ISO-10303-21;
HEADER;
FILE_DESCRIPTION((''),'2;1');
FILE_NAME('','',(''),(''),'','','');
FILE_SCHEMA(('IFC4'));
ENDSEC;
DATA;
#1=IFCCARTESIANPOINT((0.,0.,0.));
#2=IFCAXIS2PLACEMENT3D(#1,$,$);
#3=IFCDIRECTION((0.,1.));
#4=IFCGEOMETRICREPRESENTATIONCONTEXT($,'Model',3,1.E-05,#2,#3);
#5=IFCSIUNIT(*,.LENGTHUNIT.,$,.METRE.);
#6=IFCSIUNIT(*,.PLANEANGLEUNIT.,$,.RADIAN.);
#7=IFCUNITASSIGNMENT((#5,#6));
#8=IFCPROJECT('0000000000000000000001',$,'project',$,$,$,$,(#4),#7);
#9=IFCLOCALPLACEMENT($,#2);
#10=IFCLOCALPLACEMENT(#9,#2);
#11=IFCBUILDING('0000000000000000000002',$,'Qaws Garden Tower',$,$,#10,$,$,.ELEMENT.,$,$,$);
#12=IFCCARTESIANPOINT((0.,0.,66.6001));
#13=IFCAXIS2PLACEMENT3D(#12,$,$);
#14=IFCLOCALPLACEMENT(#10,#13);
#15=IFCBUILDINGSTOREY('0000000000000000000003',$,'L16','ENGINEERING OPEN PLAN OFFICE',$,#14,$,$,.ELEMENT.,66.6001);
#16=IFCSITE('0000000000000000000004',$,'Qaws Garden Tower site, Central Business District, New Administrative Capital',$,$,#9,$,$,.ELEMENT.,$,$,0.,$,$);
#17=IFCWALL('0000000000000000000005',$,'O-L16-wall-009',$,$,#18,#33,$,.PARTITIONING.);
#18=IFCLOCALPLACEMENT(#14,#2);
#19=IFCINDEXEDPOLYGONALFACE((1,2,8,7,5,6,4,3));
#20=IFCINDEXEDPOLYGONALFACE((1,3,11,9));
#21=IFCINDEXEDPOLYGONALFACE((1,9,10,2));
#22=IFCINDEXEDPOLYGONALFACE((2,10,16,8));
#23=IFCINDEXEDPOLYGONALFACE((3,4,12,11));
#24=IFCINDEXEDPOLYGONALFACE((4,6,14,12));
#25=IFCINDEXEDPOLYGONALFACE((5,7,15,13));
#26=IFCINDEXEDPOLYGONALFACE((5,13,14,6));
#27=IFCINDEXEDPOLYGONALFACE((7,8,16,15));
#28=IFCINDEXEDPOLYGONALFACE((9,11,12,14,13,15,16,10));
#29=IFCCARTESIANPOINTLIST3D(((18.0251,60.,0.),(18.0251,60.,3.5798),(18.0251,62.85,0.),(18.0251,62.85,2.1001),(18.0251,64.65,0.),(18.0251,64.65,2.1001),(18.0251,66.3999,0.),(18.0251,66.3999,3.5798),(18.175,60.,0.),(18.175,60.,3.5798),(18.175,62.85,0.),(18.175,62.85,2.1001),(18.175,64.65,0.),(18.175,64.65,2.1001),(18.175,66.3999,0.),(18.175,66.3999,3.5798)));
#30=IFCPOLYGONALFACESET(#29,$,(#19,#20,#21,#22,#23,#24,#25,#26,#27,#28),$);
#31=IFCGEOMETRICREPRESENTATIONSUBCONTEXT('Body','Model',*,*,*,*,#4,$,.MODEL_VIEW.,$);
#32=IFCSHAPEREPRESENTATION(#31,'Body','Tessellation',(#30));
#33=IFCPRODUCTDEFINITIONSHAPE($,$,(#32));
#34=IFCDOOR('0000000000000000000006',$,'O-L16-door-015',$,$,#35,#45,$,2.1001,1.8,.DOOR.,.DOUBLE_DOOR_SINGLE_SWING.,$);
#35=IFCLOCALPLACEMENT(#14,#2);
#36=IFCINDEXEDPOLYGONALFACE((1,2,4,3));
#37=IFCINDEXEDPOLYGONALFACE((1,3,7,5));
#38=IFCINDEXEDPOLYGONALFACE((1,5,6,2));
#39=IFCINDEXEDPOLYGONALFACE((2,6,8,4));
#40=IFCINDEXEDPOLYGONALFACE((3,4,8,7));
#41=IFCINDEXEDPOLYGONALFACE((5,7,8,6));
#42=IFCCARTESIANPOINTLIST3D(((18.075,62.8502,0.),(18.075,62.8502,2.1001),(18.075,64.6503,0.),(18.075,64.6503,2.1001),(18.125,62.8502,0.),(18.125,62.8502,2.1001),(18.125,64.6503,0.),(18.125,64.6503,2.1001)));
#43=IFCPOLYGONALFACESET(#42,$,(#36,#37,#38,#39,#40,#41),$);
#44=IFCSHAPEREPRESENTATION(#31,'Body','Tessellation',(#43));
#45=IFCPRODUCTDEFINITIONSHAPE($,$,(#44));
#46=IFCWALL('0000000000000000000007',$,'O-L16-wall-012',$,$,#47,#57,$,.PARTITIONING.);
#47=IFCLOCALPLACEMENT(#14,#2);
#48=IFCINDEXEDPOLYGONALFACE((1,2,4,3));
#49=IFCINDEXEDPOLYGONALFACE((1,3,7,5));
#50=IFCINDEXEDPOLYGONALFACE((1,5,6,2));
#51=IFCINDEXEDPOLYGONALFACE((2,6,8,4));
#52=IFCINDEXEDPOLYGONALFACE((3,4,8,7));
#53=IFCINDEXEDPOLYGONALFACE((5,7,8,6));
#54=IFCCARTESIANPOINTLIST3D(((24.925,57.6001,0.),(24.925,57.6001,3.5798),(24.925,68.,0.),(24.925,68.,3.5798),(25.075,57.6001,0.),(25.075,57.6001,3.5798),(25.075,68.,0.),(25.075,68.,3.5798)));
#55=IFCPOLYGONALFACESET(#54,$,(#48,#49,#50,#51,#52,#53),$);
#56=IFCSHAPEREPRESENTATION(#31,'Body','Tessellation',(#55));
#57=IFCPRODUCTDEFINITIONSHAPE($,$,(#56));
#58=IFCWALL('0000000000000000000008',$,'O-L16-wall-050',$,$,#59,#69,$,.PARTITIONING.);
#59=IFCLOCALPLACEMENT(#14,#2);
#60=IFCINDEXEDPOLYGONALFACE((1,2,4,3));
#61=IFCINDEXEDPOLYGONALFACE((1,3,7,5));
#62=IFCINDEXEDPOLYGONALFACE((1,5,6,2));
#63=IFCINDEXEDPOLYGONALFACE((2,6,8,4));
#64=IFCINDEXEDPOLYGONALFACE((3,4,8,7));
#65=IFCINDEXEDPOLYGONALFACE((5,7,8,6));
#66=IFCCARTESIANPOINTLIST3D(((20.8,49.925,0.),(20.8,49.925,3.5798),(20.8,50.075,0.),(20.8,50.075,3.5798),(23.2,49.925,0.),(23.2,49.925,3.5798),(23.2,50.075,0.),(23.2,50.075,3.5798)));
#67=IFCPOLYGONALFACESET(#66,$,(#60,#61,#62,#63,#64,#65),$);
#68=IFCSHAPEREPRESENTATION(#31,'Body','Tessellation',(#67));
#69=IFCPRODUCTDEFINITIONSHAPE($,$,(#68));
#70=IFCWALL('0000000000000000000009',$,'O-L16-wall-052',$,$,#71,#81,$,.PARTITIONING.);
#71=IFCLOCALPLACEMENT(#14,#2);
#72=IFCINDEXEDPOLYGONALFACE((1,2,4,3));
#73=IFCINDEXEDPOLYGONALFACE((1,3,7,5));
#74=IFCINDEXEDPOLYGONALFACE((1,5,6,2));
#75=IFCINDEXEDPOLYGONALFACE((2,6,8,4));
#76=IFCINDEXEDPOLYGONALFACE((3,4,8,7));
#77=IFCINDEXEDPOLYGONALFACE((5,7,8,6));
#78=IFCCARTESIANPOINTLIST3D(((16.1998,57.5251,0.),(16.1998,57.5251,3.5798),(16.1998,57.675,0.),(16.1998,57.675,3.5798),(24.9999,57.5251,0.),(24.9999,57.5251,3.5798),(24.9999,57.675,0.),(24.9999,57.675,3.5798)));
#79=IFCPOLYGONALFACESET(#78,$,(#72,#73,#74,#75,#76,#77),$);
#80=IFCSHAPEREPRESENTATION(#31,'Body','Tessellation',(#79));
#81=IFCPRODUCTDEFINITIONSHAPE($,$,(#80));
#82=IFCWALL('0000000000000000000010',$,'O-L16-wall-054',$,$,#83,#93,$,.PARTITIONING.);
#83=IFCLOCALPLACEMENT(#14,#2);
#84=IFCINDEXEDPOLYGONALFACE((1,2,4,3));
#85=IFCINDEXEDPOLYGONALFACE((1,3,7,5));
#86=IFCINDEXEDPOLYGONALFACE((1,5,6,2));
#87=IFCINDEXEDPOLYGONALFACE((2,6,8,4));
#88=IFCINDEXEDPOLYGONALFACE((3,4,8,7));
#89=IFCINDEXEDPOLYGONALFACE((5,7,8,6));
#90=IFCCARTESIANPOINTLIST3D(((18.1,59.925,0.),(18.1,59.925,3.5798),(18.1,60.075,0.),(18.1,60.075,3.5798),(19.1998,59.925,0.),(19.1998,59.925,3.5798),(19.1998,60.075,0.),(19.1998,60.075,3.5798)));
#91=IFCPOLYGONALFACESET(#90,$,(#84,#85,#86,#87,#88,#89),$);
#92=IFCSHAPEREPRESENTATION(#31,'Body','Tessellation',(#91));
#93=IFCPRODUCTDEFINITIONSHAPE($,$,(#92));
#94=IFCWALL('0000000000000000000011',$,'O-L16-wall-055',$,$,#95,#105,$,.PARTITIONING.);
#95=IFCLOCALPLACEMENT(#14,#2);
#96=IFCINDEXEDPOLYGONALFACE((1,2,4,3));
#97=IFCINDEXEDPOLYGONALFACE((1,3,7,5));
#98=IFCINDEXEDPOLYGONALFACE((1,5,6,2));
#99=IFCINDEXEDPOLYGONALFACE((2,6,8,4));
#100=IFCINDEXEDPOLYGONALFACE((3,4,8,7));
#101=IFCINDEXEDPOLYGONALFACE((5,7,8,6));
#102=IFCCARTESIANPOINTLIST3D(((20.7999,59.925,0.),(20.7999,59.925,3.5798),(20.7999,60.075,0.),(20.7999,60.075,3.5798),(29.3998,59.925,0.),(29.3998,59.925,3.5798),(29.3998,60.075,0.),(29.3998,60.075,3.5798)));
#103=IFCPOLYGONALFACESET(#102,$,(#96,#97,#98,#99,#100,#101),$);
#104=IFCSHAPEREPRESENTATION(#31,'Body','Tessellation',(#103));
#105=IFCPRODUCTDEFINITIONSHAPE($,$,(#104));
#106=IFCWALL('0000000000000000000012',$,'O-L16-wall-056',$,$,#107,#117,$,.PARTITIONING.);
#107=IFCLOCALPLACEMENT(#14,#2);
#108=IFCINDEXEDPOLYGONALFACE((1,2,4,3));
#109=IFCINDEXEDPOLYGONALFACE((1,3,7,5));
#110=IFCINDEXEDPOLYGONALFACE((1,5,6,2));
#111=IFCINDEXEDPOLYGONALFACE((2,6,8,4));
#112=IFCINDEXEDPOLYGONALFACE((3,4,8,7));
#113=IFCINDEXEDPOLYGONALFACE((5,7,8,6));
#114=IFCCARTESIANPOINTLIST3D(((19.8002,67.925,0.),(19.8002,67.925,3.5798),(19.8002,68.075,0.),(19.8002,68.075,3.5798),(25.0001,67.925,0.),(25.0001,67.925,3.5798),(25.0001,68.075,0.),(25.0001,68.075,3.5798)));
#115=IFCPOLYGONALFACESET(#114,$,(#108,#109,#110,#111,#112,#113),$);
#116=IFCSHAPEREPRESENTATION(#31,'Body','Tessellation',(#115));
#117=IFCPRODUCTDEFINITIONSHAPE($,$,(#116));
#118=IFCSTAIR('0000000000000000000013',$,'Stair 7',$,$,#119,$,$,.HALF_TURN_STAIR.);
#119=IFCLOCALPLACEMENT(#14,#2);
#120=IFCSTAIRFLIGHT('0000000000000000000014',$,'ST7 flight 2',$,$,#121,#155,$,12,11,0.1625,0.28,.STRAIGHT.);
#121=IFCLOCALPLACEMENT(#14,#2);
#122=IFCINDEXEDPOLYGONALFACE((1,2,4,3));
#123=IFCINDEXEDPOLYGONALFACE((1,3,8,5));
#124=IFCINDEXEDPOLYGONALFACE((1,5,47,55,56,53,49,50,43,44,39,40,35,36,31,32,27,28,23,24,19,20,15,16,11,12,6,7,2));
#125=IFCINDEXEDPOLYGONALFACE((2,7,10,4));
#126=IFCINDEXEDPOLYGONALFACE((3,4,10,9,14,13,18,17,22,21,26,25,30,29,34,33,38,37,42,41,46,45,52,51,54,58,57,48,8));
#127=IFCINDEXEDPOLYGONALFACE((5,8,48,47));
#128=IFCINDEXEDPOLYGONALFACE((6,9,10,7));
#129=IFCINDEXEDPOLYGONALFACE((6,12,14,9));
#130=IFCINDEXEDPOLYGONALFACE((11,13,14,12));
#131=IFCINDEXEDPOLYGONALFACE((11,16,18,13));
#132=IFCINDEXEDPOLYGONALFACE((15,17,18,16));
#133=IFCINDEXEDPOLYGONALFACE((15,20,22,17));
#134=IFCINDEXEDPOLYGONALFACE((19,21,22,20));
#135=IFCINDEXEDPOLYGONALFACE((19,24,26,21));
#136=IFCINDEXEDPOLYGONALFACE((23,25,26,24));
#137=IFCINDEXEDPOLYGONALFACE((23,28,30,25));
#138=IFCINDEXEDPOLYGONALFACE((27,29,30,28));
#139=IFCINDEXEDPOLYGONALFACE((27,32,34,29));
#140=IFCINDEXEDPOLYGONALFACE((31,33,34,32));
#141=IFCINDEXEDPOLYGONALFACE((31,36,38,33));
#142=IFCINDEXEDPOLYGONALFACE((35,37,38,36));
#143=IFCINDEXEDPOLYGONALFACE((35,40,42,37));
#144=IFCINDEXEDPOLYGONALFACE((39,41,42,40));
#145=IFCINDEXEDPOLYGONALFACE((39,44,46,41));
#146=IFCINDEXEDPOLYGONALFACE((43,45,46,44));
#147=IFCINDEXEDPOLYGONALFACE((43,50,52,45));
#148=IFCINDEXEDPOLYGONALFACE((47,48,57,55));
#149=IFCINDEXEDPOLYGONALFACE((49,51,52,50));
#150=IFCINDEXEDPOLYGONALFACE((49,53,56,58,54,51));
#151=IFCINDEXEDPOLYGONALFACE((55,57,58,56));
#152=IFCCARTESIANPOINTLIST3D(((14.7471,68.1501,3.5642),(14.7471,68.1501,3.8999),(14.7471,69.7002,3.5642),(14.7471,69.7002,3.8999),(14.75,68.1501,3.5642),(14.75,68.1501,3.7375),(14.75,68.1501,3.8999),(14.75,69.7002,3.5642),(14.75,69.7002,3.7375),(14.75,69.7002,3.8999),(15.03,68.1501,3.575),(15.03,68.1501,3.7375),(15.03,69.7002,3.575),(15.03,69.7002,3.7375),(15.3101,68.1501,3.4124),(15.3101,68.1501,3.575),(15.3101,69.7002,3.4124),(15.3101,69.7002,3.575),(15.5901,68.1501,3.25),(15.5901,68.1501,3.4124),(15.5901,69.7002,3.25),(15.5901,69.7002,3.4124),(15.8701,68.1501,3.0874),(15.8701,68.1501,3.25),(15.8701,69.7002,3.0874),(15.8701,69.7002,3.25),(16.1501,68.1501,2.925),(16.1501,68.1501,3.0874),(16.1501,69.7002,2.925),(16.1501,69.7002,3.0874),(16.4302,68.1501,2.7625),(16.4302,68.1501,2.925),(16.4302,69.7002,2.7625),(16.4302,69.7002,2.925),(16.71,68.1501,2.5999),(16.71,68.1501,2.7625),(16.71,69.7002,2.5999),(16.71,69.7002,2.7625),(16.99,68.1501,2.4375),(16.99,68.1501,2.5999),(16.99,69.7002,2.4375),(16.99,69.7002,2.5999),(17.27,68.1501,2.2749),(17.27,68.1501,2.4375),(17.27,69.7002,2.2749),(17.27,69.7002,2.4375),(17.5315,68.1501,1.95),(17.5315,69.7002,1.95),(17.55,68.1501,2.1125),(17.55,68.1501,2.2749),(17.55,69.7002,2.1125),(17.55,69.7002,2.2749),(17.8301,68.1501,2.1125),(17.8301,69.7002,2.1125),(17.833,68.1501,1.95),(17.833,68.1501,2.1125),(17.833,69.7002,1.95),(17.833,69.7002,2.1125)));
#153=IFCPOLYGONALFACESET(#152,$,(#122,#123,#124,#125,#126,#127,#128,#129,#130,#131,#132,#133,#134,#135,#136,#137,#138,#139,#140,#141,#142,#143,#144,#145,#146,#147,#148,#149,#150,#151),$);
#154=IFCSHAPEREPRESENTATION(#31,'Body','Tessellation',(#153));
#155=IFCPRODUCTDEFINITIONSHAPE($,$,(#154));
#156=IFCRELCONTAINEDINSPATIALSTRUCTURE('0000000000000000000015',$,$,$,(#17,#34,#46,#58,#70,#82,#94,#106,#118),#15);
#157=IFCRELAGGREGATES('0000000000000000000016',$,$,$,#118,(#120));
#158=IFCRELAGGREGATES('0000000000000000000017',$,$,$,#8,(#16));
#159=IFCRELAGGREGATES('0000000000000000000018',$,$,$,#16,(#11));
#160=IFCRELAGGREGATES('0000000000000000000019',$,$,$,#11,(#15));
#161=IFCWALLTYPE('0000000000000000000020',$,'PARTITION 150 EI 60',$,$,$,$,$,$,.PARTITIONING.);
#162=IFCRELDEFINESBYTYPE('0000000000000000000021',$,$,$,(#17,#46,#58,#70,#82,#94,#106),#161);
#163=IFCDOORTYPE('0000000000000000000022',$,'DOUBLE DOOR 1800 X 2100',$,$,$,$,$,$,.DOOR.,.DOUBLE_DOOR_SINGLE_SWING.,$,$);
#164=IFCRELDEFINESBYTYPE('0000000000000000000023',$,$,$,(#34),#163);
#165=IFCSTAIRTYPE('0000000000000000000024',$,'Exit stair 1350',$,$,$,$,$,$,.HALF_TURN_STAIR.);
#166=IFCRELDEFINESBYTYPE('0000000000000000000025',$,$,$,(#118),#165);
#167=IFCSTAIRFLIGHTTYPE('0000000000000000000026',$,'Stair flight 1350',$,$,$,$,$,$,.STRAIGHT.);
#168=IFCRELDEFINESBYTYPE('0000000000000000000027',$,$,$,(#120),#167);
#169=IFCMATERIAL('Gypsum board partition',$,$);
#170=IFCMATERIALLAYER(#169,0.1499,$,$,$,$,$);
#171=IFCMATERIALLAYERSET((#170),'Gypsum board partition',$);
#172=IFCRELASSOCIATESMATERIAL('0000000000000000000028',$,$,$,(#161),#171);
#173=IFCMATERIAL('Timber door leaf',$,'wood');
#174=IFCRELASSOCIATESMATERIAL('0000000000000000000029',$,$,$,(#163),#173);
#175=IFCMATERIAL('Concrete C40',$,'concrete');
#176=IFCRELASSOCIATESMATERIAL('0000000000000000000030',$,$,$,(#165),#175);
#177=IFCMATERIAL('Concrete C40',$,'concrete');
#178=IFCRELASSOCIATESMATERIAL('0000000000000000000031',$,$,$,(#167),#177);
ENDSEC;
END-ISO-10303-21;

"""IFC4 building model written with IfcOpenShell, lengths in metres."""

from ifc_helpers import new_model, si_unit, direction, frame, frame_2d, origin, place, context, subcontext, project, spatial, polyline, rectangle, outline, extrude, material, layer, layer_set, type_object, element, fill, aggregate, save


model = new_model("IFC4")

# Units and contexts
model_context = context("Model", 3, precision=1e-05, world=origin(), true_north=direction((0.0, 1.0)))
body_context = subcontext(model_context, "Body", "Model", "MODEL_VIEW")
ifc_project = project(units=[si_unit("LENGTHUNIT", "METRE"), si_unit("PLANEANGLEUNIT", "RADIAN")], contexts=[model_context])

# Site, building, storey
site_placement = place(None, origin())
site = spatial("IfcSite", under=ifc_project, at=site_placement, Name="Qaws Garden Tower site, Central Business District, New Administrative Capital", CompositionType="ELEMENT", RefElevation=0.0)
building_placement = place(site_placement, origin())
building = spatial("IfcBuilding", under=site, at=building_placement, Name="Qaws Garden Tower", CompositionType="ELEMENT")
storey_placement = place(building_placement, frame((0.0, 0.0, 66.6001)))
storey = spatial("IfcBuildingStorey", under=building, at=storey_placement, Name="L16", Description="ENGINEERING OPEN PLAN OFFICE", CompositionType="ELEMENT", Elevation=66.6001)

# Wall, opening, door
ifc_material_1 = material(Name="Gypsum board partition")
ifc_layer_1 = layer(ifc_material_1, 0.1499)
ifc_layer_set_1 = layer_set([ifc_layer_1], Name="Gypsum board partition")
wall_type_1 = type_object("IfcWallType", Name="PARTITION 150 EI 60", PredefinedType="PARTITIONING", material=ifc_layer_set_1)
wall_1_placement = place(storey_placement, frame((18.1001, 60.0, 0.0), z_axis=(0.0, 0.0, 1.0), x_axis=(0.0, 1.0, 0.0)))
wall_1 = element("IfcWall", 1, at=wall_1_placement, inside=storey, type_object=wall_type_1, Name="O-L16-wall-009", PredefinedType="PARTITIONING", context=body_context, shape_type="SweptSolid", body=[
    extrude(rectangle(XDim=6.3999, YDim=0.1499, at=frame_2d((3.2, 0.0))), origin(), (0.0, 0.0, 1.0), 3.5798),
])
opening_1_placement = place(wall_1_placement, frame((2.8501, 0.0, 0.0)))
opening_1 = element("IfcOpeningElement", 2, at=opening_1_placement, cuts=wall_1, PredefinedType="OPENING", context=body_context, shape_type="SweptSolid", body=[
    extrude(rectangle(XDim=1.8, YDim=2.1001, at=frame_2d((0.8999, 1.05))), frame((0.0, 0.085, 0.0), z_axis=(0.0, -1.0, 0.0), x_axis=(1.0, 0.0, 0.0)), (0.0, 0.0, 1.0), 0.1699),
])
ifc_material_2 = material(Name="Timber door leaf", Category="wood")
door_type = type_object("IfcDoorType", Name="DOUBLE DOOR 1800 X 2100", OperationType="DOUBLE_DOOR_SINGLE_SWING", PredefinedType="DOOR", material=ifc_material_2)
door_placement = place(opening_1_placement, frame((1.8, 0.0, 0.0), z_axis=(0.0, 0.0, 1.0), x_axis=(-1.0, 0.0, 0.0)))
door = element("IfcDoor", 3, at=door_placement, inside=storey, type_object=door_type, Name="O-L16-door-015", OperationType="DOUBLE_DOOR_SINGLE_SWING", OverallHeight=2.1001, OverallWidth=1.8, PredefinedType="DOOR", context=body_context, shape_type="SweptSolid", body=[
    extrude(rectangle(XDim=1.8, YDim=2.1001, at=frame_2d((0.8999, 1.05))), frame((0.0, 0.0249, 0.0), z_axis=(0.0, -1.0, 0.0), x_axis=(1.0, 0.0, 0.0)), (0.0, 0.0, 1.0), 0.05),
])
fill(opening_1, door)

# Walls
wall_2_placement = place(storey_placement, frame((25.0, 57.6001, 0.0), z_axis=(0.0, 0.0, 1.0), x_axis=(0.0, 1.0, 0.0)))
element("IfcWall", 4, at=wall_2_placement, inside=storey, type_object=wall_type_1, Name="O-L16-wall-012", PredefinedType="PARTITIONING", context=body_context, shape_type="SweptSolid", body=[
    extrude(rectangle(XDim=10.3999, YDim=0.1499, at=frame_2d((5.2, 0.0))), origin(), (0.0, 0.0, 1.0), 3.5798),
])
wall_3_placement = place(storey_placement, frame((20.8, 50.0, 0.0), z_axis=(0.0, 0.0, 1.0), x_axis=(1.0, 0.0, 0.0)))
element("IfcWall", 5, at=wall_3_placement, inside=storey, type_object=wall_type_1, Name="O-L16-wall-050", PredefinedType="PARTITIONING", context=body_context, shape_type="SweptSolid", body=[
    extrude(rectangle(XDim=2.3999, YDim=0.1499, at=frame_2d((1.2, 0.0))), origin(), (0.0, 0.0, 1.0), 3.5798),
])
wall_4_placement = place(storey_placement, frame((16.2, 57.6001, 0.0), z_axis=(0.0, 0.0, 1.0), x_axis=(1.0, 0.0, 0.0)))
element("IfcWall", 6, at=wall_4_placement, inside=storey, type_object=wall_type_1, Name="O-L16-wall-052", PredefinedType="PARTITIONING", context=body_context, shape_type="SweptSolid", body=[
    extrude(rectangle(XDim=8.8, YDim=0.1499, at=frame_2d((4.3999, 0.0))), origin(), (0.0, 0.0, 1.0), 3.5798),
])
wall_5_placement = place(storey_placement, frame((18.1001, 60.0, 0.0), z_axis=(0.0, 0.0, 1.0), x_axis=(1.0, 0.0, 0.0)))
element("IfcWall", 7, at=wall_5_placement, inside=storey, type_object=wall_type_1, Name="O-L16-wall-054", PredefinedType="PARTITIONING", context=body_context, shape_type="SweptSolid", body=[
    extrude(rectangle(XDim=1.0999, YDim=0.1499, at=frame_2d((0.5498, 0.0))), origin(), (0.0, 0.0, 1.0), 3.5798),
])
wall_6_placement = place(storey_placement, frame((20.8, 60.0, 0.0), z_axis=(0.0, 0.0, 1.0), x_axis=(1.0, 0.0, 0.0)))
element("IfcWall", 8, at=wall_6_placement, inside=storey, type_object=wall_type_1, Name="O-L16-wall-055", PredefinedType="PARTITIONING", context=body_context, shape_type="SweptSolid", body=[
    extrude(rectangle(XDim=8.5999, YDim=0.1499, at=frame_2d((4.2998, 0.0))), origin(), (0.0, 0.0, 1.0), 3.5798),
])
wall_7_placement = place(storey_placement, frame((19.8, 68.0, 0.0), z_axis=(0.0, 0.0, 1.0), x_axis=(1.0, 0.0, 0.0)))
element("IfcWall", 9, at=wall_7_placement, inside=storey, type_object=wall_type_1, Name="O-L16-wall-056", PredefinedType="PARTITIONING", context=body_context, shape_type="SweptSolid", body=[
    extrude(rectangle(XDim=5.2, YDim=0.1499, at=frame_2d((2.6001, 0.0))), origin(), (0.0, 0.0, 1.0), 3.5798),
])

# Stair, stair flight
ifc_material_3 = material(Name="Concrete C40", Category="concrete")
stair_type = type_object("IfcStairType", Name="Exit stair 1350", PredefinedType="HALF_TURN_STAIR", material=ifc_material_3)
stair_placement = place(storey_placement, origin())
stair = element("IfcStair", 10, at=stair_placement, inside=storey, type_object=stair_type, Name="Stair 7", PredefinedType="HALF_TURN_STAIR")
ifc_material_4 = material(Name="Concrete C40", Category="concrete")
stair_flight_type = type_object("IfcStairFlightType", Name="Stair flight 1350", PredefinedType="STRAIGHT", material=ifc_material_4)
stair_flight_placement = place(storey_placement, frame((17.8301, 68.925, 1.95), z_axis=(0.0, 0.0, 1.0), x_axis=(-1.0, 0.0, 0.0)))
stair_flight = element("IfcStairFlight", 11, at=stair_flight_placement, type_object=stair_flight_type, Name="ST7 flight 2", NumberOfRisers=12, NumberOfTreads=11, PredefinedType="STRAIGHT", RiserHeight=0.1625, TreadLength=0.28, context=body_context, shape_type="SweptSolid", body=[
    extrude(outline(polyline([(-0.0029, 0.0), (-0.0029, 0.1626), (0.0, 0.1626), (0.28, 0.1626), (0.28, 0.325), (0.5601, 0.325), (0.5601, 0.4875), (0.8401, 0.4875), (0.8401, 0.6499), (1.1201, 0.6499), (1.1201, 0.8125), (1.3999, 0.8125), (1.3999, 0.9751), (1.6799, 0.9751), (1.6799, 1.1375), (1.96, 1.1375), (1.96, 1.3), (2.24, 1.3), (2.24, 1.4624), (2.52, 1.4624), (2.52, 1.625), (2.8, 1.625), (2.8, 1.7876), (3.0801, 1.7876), (3.0801, 1.95), (3.083, 1.95), (3.083, 1.6143), (3.0801, 1.6143), (0.2986, 0.0), (-0.0029, 0.0)])), frame((0.0, 0.7749, 0.0), z_axis=(0.0, -1.0, 0.0), x_axis=(1.0, 0.0, 0.0)), (0.0, 0.0, 1.0), 1.55),
])
aggregate(stair, [stair_flight])

save(model, "model.ifc")
